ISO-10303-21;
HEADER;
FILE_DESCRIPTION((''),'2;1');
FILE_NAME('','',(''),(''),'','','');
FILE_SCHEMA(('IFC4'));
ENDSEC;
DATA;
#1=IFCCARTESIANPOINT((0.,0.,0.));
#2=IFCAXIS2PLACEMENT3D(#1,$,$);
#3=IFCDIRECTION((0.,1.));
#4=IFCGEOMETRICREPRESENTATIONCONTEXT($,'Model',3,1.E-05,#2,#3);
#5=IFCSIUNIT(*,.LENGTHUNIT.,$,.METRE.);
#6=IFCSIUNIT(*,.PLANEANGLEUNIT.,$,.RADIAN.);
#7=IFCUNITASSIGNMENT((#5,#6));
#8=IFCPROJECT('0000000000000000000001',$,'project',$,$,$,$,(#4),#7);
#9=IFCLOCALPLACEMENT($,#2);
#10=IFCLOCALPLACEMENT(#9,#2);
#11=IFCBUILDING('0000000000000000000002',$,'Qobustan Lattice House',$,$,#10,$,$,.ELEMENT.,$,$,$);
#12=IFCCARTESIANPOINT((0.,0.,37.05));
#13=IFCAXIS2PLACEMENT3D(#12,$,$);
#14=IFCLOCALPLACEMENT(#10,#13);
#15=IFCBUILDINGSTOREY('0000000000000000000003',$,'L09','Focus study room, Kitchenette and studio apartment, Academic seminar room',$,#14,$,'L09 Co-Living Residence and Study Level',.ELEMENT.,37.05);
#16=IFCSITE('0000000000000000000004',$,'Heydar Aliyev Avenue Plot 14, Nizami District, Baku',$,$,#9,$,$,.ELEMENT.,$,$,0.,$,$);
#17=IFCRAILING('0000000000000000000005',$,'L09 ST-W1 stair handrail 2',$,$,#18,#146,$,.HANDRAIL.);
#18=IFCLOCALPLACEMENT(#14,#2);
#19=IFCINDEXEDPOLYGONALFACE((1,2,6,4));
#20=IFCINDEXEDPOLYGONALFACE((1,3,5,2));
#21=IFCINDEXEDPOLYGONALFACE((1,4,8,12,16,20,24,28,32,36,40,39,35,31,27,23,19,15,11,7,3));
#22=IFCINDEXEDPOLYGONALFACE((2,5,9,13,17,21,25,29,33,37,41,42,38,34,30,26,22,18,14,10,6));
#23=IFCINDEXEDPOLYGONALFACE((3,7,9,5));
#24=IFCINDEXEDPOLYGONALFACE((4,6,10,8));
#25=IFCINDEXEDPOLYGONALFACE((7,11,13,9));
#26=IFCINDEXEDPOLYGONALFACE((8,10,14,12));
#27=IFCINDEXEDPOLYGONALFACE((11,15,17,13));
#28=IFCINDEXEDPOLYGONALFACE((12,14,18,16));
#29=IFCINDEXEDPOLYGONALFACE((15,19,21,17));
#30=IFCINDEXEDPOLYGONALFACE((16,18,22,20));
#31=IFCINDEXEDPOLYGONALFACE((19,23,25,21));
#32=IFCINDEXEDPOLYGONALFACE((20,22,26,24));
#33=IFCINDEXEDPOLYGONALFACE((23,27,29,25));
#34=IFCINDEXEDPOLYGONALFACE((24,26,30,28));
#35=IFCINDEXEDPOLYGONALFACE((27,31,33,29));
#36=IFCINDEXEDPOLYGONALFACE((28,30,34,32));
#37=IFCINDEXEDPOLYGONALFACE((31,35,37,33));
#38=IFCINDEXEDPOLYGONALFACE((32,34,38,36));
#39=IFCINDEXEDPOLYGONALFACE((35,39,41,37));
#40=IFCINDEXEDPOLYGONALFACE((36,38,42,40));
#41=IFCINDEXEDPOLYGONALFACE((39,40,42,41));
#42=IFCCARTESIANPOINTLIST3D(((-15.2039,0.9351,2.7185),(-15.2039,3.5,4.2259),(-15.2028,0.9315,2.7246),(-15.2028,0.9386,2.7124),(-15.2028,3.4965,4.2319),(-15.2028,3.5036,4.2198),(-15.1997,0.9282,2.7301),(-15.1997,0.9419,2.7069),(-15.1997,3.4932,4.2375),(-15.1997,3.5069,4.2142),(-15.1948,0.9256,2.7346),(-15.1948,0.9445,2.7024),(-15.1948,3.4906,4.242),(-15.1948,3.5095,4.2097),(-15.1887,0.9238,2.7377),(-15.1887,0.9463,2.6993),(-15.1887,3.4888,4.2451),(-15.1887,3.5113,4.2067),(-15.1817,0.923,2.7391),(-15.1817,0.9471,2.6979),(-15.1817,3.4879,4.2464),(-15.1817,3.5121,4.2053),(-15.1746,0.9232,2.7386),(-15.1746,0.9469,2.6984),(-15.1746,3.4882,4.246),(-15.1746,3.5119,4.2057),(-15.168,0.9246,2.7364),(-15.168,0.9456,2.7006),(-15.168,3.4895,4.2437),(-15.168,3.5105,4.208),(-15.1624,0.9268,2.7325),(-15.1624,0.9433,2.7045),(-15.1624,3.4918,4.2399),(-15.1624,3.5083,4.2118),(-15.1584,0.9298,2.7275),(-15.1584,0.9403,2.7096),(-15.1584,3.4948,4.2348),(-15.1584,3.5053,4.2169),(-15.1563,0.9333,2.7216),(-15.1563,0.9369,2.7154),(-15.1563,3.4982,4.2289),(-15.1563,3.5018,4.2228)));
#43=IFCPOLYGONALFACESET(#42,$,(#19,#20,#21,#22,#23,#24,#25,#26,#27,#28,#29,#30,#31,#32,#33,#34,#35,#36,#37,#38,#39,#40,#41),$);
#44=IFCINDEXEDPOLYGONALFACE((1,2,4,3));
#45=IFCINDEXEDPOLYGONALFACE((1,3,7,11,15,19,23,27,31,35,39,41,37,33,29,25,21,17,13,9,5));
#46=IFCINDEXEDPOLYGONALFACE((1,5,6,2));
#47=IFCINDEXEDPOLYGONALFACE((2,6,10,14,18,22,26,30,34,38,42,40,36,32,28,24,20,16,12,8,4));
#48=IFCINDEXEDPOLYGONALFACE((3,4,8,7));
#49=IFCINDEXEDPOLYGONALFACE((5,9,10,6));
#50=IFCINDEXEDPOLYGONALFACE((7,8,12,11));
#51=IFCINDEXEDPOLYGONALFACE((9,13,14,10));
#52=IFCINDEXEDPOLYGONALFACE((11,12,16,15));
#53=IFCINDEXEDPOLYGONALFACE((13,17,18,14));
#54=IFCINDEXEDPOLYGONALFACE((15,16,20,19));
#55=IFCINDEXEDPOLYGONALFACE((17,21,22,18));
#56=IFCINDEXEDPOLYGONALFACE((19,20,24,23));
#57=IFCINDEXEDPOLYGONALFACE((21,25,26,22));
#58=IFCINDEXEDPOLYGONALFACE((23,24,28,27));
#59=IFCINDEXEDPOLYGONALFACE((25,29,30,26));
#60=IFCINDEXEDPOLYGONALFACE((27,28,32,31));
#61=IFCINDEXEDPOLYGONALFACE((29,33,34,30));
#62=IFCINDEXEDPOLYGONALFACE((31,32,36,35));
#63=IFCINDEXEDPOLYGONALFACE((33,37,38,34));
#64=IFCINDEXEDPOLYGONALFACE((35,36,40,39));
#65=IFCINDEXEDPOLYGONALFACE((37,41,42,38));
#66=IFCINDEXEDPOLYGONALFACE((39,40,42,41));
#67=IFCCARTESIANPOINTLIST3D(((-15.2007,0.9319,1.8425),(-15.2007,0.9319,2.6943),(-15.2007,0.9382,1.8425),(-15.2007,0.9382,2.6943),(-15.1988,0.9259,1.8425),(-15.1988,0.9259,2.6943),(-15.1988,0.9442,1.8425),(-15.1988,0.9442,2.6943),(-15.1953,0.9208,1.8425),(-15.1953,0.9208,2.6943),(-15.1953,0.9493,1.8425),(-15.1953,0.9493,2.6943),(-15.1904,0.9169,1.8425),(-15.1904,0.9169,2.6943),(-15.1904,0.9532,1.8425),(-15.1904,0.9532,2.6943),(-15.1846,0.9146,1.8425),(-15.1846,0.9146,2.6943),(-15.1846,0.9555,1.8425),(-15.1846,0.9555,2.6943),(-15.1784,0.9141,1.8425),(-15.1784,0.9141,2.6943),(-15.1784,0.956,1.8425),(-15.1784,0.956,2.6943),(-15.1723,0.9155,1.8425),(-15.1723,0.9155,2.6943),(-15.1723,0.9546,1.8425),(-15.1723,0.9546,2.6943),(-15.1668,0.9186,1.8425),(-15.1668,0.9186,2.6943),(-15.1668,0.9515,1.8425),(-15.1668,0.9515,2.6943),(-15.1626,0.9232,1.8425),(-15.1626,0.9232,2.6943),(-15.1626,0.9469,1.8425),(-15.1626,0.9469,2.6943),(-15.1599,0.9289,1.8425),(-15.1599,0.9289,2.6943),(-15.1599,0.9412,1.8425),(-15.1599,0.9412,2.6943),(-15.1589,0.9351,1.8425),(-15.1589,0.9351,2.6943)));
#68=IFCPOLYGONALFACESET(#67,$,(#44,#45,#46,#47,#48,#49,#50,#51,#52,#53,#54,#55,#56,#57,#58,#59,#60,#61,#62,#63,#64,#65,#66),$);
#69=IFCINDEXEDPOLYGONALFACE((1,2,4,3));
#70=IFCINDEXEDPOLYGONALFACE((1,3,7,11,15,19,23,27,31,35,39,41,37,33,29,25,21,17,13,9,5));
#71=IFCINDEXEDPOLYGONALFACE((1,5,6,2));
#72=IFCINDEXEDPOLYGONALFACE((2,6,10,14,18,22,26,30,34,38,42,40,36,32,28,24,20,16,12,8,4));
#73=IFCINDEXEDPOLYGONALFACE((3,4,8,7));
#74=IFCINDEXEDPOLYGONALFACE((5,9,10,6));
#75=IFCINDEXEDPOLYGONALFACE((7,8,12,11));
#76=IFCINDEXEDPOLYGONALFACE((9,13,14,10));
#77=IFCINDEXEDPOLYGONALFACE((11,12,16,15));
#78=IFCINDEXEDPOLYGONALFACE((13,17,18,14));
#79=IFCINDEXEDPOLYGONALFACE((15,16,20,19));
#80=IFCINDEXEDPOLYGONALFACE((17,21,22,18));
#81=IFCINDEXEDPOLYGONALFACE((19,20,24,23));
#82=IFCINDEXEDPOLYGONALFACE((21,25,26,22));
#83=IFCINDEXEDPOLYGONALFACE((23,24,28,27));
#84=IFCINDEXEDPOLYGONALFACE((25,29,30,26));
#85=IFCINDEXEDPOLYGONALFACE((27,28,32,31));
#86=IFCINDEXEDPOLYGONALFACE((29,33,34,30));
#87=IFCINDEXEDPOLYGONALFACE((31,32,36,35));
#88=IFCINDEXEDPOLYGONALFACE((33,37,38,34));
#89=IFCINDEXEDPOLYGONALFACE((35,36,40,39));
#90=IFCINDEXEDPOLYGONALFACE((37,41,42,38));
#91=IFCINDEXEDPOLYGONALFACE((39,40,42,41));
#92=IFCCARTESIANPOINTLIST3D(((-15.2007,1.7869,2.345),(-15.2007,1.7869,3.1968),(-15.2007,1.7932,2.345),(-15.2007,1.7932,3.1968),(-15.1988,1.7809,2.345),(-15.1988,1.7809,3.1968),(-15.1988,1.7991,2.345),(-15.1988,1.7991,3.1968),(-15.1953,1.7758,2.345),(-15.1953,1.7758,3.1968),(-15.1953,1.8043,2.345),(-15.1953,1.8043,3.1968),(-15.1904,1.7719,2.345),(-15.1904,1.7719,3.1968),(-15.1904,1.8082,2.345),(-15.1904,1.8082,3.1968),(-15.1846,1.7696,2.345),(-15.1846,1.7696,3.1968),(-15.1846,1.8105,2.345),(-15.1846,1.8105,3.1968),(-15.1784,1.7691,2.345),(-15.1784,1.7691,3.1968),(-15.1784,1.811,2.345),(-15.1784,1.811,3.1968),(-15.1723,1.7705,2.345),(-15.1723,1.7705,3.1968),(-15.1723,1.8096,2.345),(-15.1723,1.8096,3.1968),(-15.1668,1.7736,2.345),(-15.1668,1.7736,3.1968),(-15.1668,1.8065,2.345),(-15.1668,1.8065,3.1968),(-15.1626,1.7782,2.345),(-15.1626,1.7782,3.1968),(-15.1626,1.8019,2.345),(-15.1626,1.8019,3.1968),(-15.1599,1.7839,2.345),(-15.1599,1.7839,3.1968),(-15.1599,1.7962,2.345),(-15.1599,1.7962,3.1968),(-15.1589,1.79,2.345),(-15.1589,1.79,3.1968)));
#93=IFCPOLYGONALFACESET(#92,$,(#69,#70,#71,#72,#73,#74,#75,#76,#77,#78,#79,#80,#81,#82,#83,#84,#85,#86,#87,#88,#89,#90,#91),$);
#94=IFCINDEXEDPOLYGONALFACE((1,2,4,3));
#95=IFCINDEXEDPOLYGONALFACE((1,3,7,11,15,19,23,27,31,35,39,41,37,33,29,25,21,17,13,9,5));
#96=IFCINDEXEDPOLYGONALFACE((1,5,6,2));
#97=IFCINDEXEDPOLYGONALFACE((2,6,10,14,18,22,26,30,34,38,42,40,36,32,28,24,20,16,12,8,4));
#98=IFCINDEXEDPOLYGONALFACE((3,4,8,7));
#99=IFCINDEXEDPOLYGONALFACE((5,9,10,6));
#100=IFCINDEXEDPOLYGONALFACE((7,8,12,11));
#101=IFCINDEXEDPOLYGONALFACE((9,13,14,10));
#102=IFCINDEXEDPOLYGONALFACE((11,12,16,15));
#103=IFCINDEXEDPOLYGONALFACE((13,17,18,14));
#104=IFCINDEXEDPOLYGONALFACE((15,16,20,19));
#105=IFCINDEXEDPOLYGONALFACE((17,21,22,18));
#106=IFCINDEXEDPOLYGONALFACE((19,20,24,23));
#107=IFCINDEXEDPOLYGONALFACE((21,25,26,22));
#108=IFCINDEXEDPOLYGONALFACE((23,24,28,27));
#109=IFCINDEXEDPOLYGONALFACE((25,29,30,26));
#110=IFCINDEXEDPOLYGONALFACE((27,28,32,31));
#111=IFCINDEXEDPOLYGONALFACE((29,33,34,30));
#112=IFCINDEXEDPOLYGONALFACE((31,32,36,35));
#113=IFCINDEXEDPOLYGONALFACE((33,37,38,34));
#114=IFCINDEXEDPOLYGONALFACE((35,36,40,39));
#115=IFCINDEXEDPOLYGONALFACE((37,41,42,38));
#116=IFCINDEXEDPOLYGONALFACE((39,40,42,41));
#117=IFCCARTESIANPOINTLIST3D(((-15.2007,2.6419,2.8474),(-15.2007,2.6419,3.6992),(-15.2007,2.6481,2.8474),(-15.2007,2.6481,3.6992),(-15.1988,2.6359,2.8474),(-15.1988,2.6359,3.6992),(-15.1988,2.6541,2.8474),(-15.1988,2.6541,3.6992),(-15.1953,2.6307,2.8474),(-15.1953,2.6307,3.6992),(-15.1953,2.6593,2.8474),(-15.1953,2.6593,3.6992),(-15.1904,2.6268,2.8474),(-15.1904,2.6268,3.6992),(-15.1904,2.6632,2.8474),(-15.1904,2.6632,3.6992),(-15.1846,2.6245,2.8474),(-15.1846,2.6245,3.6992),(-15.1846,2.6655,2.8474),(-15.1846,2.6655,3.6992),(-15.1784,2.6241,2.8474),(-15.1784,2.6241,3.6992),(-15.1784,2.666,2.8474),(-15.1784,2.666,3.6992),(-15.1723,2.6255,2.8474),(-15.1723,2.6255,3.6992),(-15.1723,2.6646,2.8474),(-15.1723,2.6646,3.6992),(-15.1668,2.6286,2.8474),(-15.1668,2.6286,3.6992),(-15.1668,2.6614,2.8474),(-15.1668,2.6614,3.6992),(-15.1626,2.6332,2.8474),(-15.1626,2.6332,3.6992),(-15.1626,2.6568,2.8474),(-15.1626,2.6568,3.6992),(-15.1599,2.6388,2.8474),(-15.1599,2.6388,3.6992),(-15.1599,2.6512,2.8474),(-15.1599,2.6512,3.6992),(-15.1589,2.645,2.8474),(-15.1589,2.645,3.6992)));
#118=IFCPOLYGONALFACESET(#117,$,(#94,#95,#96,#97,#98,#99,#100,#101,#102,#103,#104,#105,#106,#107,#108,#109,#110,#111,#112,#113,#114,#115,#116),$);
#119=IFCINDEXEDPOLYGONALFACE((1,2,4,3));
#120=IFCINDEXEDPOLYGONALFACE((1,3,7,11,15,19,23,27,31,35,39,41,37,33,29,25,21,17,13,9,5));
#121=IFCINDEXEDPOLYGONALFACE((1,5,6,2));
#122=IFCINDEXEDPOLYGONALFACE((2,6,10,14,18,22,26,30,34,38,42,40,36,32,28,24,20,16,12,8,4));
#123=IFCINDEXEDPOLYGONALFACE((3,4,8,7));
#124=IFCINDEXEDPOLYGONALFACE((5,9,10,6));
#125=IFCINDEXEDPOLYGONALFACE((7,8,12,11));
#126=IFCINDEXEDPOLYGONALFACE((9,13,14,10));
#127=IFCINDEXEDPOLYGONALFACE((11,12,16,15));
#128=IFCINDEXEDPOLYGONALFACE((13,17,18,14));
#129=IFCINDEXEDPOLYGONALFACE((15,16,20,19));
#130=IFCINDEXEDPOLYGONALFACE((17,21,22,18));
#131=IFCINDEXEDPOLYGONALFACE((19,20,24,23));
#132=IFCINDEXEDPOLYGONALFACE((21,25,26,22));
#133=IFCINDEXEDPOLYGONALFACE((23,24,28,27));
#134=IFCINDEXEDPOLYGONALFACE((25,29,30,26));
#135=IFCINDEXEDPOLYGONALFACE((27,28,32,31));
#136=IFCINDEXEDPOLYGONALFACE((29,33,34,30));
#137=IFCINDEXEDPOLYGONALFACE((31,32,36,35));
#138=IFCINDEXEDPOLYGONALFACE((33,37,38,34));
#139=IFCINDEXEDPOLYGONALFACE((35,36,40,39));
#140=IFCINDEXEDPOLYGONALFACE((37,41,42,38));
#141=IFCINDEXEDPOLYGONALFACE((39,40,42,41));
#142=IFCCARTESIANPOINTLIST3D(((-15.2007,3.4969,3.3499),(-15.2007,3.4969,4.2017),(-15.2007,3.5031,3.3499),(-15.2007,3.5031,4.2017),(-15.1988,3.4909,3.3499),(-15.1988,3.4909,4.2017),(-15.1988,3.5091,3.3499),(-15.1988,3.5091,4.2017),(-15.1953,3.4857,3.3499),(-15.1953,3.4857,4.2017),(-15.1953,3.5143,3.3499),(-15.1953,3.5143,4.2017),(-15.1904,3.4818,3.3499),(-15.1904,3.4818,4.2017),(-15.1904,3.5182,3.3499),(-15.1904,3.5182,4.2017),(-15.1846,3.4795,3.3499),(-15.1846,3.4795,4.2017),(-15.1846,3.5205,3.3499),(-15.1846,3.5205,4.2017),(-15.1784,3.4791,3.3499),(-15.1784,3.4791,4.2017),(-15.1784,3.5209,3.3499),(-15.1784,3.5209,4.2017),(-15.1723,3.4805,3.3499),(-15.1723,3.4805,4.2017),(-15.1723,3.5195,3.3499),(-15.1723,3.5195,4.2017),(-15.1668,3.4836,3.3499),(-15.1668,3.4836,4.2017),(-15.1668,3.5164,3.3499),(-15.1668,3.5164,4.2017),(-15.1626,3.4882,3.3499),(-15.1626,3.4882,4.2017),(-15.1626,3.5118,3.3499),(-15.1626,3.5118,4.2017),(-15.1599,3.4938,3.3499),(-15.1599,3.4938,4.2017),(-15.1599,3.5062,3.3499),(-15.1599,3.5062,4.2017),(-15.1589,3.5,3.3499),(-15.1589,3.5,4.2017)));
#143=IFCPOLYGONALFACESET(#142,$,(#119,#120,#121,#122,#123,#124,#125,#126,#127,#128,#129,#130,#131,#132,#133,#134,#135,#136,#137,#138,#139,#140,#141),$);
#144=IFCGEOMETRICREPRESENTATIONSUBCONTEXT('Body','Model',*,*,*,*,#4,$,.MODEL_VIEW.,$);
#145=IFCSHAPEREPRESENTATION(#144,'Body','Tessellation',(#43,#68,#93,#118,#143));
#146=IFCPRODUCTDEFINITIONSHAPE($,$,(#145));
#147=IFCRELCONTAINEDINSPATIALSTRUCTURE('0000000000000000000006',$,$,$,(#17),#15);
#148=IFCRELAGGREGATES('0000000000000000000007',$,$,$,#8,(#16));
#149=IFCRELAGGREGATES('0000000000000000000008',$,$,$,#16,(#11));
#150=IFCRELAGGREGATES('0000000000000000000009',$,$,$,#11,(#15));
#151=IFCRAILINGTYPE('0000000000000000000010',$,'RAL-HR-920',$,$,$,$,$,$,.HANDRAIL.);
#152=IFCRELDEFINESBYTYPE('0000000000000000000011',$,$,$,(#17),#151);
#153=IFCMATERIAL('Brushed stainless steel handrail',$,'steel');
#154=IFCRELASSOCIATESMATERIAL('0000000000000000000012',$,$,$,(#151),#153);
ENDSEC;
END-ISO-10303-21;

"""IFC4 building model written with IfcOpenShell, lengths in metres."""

from ifc_helpers import new_model, si_unit, direction, frame, origin, origin_2d, place, context, subcontext, project, spatial, circle, extrude, material, type_object, element, save


model = new_model("IFC4")

# Units and contexts
model_context = context("Model", 3, precision=1e-05, world=origin(), true_north=direction((0.0, 1.0)))
body_context = subcontext(model_context, "Body", "Model", "MODEL_VIEW")
ifc_project = project(units=[si_unit("LENGTHUNIT", "METRE"), si_unit("PLANEANGLEUNIT", "RADIAN")], contexts=[model_context])

# Site, building, storey
site_placement = place(None, origin())
site = spatial("IfcSite", under=ifc_project, at=site_placement, Name="Heydar Aliyev Avenue Plot 14, Nizami District, Baku", CompositionType="ELEMENT", RefElevation=0.0)
building_placement = place(site_placement, origin())
building = spatial("IfcBuilding", under=site, at=building_placement, Name="Qobustan Lattice House", CompositionType="ELEMENT")
storey_placement = place(building_placement, frame((0.0, 0.0, 37.05)))
storey = spatial("IfcBuildingStorey", under=building, at=storey_placement, Name="L09", Description="Focus study room, Kitchenette and studio apartment, Academic seminar room", LongName="L09 Co-Living Residence and Study Level", CompositionType="ELEMENT", Elevation=37.05)

# Railing
ifc_material_1 = material(Name="Brushed stainless steel handrail", Category="steel")
railing_type_1 = type_object("IfcRailingType", Name="RAL-HR-920", PredefinedType="HANDRAIL", material=ifc_material_1)
railing_1_placement = place(storey_placement, frame((-15.1799, 0.9351, 1.8425)))
element("IfcRailing", 1, at=railing_1_placement, inside=storey, type_object=railing_type_1, Name="L09 ST-W1 stair handrail 2", PredefinedType="HANDRAIL", context=body_context, shape_type="SweptSolid", body=[
    extrude(circle(Radius=0.0239, at=origin_2d()), frame((0.0, 0.0, 0.876), z_axis=(0.0, 0.862149, 0.506654), x_axis=(-1.0, 0.0, 0.0)), (0.0, 0.0, 1.0), 2.9751),
    extrude(circle(Radius=0.021, at=origin_2d()), origin(), (0.0, 0.0, 1.0), 0.8518),
    extrude(circle(Radius=0.021, at=origin_2d()), frame((0.0, 0.855, 0.5024)), (0.0, 0.0, 1.0), 0.8518),
    extrude(circle(Radius=0.021, at=origin_2d()), frame((0.0, 1.71, 1.0049)), (0.0, 0.0, 1.0), 0.8518),
    extrude(circle(Radius=0.021, at=origin_2d()), frame((0.0, 2.5649, 1.5073)), (0.0, 0.0, 1.0), 0.8518),
])

save(model, "model.ifc")
